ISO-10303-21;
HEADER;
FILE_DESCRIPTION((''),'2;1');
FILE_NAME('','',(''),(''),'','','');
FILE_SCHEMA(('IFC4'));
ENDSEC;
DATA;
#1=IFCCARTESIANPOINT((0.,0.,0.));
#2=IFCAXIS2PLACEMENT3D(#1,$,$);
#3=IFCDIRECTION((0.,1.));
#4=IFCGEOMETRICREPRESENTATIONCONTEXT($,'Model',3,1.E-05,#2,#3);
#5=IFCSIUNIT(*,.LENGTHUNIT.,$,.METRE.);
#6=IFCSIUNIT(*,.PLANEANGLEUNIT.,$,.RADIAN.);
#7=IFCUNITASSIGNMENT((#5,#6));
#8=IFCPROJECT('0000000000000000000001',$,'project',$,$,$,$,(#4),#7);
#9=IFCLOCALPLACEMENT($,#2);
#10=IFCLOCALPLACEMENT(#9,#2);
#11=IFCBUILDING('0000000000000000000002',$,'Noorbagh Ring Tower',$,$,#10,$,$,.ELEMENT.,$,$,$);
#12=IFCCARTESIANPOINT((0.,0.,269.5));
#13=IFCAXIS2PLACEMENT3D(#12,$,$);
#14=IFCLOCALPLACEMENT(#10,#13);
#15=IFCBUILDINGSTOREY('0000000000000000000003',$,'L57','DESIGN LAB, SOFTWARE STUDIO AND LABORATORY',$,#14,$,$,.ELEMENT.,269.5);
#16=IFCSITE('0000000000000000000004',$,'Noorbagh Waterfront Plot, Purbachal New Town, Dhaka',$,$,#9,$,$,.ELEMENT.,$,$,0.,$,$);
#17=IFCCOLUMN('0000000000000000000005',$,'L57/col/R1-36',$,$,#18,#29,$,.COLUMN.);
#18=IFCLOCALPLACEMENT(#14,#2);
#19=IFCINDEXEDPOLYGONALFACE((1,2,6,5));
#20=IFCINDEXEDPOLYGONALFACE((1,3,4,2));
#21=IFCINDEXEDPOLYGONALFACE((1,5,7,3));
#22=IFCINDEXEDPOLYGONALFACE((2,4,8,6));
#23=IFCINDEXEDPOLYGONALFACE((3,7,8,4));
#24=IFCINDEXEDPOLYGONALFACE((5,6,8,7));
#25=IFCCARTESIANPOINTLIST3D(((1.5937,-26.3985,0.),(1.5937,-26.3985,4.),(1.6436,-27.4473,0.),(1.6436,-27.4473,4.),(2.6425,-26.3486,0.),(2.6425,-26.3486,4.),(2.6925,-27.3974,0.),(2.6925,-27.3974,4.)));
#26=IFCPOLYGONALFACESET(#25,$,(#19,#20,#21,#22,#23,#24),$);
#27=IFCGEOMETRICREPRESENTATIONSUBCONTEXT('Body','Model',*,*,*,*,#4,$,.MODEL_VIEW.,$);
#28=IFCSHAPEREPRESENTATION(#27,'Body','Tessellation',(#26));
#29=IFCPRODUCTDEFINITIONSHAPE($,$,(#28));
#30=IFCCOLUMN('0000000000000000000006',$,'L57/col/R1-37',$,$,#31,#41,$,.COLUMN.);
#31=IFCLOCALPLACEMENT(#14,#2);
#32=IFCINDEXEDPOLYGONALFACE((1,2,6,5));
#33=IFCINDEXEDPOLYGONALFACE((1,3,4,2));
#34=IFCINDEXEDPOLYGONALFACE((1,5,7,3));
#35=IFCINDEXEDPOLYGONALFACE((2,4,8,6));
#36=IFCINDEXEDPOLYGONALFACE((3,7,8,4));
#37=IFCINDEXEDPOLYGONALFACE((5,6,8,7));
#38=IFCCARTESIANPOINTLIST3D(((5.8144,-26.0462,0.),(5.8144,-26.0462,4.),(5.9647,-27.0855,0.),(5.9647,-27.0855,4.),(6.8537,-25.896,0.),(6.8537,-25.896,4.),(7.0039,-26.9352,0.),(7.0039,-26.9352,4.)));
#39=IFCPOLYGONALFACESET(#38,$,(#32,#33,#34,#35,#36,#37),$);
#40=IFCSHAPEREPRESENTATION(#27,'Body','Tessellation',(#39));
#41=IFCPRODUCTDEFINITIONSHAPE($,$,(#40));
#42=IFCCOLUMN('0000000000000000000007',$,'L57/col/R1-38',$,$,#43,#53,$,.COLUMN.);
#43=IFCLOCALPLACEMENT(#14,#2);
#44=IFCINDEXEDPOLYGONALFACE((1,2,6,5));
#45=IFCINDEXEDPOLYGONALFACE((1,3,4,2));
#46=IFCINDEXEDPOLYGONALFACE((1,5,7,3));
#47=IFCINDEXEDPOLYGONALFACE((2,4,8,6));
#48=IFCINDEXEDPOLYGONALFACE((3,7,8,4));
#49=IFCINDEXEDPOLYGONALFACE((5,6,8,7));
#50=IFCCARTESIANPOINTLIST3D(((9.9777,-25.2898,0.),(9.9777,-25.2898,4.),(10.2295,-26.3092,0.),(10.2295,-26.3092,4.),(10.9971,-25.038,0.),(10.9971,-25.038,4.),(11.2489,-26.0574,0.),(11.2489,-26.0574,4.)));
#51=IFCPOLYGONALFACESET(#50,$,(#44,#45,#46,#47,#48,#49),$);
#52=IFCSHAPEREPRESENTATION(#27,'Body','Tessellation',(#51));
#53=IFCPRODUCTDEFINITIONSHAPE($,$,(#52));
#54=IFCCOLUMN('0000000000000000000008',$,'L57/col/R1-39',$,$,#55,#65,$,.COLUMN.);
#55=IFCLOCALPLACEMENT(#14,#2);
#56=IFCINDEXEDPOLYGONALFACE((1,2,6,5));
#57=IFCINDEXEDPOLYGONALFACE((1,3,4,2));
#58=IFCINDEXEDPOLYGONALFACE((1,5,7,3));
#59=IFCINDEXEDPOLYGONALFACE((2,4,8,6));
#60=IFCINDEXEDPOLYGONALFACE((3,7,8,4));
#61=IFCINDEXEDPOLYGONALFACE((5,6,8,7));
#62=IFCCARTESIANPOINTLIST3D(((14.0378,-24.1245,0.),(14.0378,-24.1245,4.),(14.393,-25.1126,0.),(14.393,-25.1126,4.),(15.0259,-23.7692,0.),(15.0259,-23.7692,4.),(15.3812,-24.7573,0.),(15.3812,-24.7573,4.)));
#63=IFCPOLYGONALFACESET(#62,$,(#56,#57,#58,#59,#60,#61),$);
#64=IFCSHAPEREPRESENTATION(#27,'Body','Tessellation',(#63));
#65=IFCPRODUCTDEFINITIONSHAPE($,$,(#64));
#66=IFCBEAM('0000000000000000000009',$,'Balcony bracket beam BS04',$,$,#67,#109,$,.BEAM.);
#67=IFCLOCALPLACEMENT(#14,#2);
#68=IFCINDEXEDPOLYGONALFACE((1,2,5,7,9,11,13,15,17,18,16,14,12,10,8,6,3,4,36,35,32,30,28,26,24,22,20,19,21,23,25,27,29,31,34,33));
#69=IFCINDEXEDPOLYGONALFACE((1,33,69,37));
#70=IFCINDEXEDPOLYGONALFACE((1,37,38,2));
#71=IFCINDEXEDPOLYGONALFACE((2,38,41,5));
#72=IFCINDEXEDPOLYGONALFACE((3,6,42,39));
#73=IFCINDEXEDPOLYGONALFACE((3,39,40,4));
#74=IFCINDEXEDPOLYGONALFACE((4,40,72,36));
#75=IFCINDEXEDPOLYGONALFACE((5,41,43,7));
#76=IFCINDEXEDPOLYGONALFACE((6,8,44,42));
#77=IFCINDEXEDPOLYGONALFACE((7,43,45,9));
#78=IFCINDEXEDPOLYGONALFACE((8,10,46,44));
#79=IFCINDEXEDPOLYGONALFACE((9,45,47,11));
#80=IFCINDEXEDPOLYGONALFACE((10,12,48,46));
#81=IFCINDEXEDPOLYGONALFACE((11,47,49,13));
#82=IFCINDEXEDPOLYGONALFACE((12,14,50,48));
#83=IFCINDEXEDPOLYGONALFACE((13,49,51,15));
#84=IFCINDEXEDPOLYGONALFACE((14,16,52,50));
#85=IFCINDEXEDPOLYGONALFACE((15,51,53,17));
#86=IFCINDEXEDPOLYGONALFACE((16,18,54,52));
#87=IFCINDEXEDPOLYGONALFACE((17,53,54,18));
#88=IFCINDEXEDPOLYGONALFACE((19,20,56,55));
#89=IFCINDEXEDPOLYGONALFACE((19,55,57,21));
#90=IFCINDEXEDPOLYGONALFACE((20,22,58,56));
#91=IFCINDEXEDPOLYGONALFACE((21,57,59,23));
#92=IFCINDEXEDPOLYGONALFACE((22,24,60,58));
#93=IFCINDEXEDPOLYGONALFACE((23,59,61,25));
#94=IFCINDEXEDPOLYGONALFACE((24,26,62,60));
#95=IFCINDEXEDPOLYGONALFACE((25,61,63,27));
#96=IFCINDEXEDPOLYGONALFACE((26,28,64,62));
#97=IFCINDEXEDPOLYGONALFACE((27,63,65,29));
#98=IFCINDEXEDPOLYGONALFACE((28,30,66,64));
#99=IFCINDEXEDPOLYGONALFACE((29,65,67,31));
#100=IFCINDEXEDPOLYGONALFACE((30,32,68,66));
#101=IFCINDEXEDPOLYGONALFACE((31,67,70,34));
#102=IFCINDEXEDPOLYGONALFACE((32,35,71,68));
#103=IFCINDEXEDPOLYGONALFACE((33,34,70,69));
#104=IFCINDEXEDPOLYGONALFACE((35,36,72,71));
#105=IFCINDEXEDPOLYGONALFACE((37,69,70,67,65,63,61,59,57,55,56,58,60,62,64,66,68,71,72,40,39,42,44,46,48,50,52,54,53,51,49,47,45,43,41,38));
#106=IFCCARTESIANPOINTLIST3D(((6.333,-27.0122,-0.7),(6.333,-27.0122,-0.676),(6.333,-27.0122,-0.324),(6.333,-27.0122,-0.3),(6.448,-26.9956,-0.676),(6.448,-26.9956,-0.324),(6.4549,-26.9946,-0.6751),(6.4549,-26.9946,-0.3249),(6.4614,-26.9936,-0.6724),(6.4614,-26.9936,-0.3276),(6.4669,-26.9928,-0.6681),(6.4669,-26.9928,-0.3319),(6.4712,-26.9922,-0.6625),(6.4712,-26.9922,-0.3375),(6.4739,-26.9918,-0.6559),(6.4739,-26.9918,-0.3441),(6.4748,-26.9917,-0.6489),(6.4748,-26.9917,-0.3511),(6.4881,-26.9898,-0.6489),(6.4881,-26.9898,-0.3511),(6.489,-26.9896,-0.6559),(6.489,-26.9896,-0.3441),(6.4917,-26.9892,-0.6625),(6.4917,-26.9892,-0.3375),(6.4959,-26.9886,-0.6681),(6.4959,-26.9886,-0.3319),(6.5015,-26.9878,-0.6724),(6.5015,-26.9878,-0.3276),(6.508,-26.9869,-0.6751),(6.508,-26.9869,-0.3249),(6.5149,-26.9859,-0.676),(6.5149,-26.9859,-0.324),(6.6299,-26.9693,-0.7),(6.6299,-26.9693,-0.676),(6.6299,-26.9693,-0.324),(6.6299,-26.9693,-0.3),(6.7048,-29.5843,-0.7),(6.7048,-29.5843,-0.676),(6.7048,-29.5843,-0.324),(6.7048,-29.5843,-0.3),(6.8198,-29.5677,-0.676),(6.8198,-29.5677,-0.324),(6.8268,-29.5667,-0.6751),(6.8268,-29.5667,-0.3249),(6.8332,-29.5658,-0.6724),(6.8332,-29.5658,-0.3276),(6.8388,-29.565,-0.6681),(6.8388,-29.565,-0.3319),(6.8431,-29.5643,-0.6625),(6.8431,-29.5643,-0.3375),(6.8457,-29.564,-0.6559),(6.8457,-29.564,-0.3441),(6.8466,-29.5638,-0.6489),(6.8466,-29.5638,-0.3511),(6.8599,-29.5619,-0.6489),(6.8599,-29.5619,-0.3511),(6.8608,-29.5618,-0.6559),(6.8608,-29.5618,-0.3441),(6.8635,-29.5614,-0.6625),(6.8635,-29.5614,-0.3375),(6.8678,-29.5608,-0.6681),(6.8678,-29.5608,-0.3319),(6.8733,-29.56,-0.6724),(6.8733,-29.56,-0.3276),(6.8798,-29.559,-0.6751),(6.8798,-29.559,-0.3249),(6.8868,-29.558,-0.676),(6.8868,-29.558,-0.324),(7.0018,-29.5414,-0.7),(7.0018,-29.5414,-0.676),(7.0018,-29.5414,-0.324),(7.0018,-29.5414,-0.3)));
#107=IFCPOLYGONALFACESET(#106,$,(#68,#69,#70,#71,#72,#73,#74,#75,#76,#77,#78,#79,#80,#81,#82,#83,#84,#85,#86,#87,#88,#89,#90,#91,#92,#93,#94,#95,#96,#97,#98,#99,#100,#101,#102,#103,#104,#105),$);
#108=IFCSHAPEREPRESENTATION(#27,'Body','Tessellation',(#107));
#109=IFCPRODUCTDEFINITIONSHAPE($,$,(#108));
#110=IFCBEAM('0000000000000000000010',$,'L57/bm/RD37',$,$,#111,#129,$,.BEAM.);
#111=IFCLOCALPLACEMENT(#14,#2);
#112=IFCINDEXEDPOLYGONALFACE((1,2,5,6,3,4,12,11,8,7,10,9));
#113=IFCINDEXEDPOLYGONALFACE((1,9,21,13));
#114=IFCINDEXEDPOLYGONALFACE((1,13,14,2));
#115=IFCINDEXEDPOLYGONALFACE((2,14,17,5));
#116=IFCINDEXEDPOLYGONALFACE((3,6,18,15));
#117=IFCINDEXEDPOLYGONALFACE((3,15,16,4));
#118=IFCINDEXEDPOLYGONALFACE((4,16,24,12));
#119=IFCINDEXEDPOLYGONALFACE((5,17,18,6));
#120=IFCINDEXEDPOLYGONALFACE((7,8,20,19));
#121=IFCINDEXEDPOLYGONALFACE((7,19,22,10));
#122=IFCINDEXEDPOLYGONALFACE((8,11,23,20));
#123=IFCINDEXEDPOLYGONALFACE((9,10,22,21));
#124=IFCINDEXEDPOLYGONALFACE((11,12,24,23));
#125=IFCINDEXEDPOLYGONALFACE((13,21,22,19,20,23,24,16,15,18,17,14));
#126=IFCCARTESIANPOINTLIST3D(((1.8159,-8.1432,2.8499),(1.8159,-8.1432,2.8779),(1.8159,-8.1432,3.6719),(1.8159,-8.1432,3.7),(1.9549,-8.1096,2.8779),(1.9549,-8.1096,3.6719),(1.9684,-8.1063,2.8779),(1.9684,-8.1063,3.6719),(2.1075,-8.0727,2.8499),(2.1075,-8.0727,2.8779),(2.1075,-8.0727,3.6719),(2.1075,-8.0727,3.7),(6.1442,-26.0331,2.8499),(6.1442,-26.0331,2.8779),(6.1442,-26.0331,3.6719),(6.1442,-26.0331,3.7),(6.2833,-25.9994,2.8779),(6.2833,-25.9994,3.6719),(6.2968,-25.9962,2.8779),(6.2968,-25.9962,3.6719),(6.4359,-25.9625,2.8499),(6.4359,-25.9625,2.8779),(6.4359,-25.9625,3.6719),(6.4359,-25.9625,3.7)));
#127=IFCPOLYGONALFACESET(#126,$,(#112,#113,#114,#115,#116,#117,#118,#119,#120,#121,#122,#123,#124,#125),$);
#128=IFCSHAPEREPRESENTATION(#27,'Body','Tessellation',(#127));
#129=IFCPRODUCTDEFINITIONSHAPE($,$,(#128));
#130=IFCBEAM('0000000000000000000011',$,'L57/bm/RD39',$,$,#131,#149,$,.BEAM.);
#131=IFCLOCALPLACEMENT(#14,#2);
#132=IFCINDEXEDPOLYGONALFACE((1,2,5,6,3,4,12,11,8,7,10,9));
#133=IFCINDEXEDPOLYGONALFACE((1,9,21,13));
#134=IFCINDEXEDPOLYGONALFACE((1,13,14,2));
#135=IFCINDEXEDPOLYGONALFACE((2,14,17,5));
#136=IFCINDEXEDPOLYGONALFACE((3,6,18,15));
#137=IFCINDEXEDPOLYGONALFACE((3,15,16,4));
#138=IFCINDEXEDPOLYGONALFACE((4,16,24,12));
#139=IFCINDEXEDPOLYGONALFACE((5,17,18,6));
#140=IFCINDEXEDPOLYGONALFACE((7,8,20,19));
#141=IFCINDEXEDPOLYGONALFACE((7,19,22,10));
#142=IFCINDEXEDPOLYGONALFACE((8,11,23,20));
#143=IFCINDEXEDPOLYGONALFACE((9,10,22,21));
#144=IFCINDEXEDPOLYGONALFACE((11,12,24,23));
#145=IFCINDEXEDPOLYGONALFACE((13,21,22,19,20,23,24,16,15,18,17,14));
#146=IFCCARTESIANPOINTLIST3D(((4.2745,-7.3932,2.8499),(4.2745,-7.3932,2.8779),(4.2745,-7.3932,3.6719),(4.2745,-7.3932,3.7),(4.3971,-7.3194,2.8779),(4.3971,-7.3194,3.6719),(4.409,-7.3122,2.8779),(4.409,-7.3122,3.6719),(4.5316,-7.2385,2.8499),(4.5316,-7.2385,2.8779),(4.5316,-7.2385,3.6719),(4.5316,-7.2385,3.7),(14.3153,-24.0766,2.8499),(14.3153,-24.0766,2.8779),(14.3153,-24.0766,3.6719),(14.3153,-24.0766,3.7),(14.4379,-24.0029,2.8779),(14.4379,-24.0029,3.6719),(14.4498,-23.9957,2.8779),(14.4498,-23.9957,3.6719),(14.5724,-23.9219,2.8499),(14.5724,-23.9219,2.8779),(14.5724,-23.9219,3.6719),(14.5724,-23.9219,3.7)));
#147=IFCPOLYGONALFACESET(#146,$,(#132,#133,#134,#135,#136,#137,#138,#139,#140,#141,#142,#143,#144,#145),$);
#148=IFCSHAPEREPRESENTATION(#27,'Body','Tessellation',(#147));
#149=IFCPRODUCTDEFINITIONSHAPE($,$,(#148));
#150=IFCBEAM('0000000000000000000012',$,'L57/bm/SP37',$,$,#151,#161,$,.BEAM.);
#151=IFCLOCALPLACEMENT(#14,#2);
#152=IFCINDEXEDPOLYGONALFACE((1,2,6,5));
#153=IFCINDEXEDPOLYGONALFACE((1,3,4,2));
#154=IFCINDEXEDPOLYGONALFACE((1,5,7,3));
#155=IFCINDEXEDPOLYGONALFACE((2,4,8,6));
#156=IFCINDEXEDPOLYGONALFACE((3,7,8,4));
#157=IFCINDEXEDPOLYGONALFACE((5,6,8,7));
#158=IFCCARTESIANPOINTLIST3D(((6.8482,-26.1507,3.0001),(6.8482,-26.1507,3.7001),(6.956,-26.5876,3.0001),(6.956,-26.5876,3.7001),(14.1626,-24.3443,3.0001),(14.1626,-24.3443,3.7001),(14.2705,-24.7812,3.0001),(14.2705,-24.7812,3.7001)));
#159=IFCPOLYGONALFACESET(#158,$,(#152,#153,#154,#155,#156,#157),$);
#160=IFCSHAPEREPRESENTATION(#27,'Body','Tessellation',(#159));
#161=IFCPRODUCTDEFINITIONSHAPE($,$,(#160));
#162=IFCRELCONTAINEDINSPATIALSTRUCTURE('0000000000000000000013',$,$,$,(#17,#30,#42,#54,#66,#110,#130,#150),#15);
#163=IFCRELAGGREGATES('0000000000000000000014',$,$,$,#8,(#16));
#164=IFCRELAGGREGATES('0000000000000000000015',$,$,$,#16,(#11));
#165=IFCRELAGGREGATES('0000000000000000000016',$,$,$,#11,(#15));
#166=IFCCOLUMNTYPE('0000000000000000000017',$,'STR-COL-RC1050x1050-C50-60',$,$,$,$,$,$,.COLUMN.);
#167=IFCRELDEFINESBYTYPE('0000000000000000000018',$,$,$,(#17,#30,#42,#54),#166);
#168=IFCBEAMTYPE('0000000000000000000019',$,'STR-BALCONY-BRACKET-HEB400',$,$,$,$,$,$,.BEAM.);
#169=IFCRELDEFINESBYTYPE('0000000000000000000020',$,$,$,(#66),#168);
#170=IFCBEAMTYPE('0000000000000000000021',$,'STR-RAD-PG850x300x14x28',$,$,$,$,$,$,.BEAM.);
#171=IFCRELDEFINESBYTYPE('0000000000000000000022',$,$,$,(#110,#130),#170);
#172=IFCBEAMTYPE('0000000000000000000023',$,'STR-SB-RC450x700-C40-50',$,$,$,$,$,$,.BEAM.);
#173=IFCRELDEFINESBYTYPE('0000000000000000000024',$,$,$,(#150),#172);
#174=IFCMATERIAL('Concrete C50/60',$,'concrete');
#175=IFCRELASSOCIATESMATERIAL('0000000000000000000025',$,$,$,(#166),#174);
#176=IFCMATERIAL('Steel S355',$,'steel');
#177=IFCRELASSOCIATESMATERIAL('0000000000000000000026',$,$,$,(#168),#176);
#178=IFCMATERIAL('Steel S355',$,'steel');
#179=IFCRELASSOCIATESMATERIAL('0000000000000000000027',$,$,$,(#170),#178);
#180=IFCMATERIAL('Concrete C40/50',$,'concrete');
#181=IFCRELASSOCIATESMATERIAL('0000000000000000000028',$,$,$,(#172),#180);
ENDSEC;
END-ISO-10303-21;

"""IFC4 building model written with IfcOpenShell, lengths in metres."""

from ifc_helpers import new_model, si_unit, direction, frame, origin, origin_2d, place, context, subcontext, project, spatial, rectangle, i_section, extrude, material, material_profile, profile_set, type_object, element, save


model = new_model("IFC4")

# Units and contexts
model_context = context("Model", 3, precision=1e-05, world=origin(), true_north=direction((0.0, 1.0)))
body_context = subcontext(model_context, "Body", "Model", "MODEL_VIEW")
ifc_project = project(units=[si_unit("LENGTHUNIT", "METRE"), si_unit("PLANEANGLEUNIT", "RADIAN")], contexts=[model_context])

# Site, building, storey
site_placement = place(None, origin())
site = spatial("IfcSite", under=ifc_project, at=site_placement, Name="Noorbagh Waterfront Plot, Purbachal New Town, Dhaka", CompositionType="ELEMENT", RefElevation=0.0)
building_placement = place(site_placement, origin())
building = spatial("IfcBuilding", under=site, at=building_placement, Name="Noorbagh Ring Tower", CompositionType="ELEMENT")
storey_placement = place(building_placement, frame((0.0, 0.0, 269.5)))
storey = spatial("IfcBuildingStorey", under=building, at=storey_placement, Name="L57", Description="DESIGN LAB, SOFTWARE STUDIO AND LABORATORY", CompositionType="ELEMENT", Elevation=269.5)

# Columns
ifc_material_1 = material(Name="Concrete C50/60", Category="concrete")
ifc_material_profile_1 = material_profile(ifc_material_1, rectangle(XDim=1.05, YDim=1.05, at=origin_2d()), Name="RC1050x1050")
ifc_profile_set_1 = profile_set([ifc_material_profile_1], Name="Concrete C50/60")
column_type = type_object("IfcColumnType", Name="STR-COL-RC1050x1050-C50-60", PredefinedType="COLUMN", material=ifc_profile_set_1)
for number, where, z_axis, x_axis, name in (
    (1, (2.1431, -26.8979, 0.0), (0.0, 0.0, 1.0), (0.998869, 0.047553, 0.0), "L57/col/R1-36"),
    (2, (6.4092, -26.4907, 0.0), (0.0, 0.0, 1.0), (0.989713, 0.143066, 0.0), "L57/col/R1-37"),
    (3, (10.6133, -25.6736, 0.0), (0.0, 0.0, 1.0), (0.970829, 0.239771, 0.0), "L57/col/R1-38"),
    (4, (14.7095, -24.4409, 0.0), (0.0, 0.0, 1.0), (0.941025, 0.338338, 0.0), "L57/col/R1-39"),
):
    element("IfcColumn", number, at=place(storey_placement, frame(where, z_axis=z_axis, x_axis=x_axis)), inside=storey, type_object=column_type, Name=name, PredefinedType="COLUMN", context=body_context, shape_type="SweptSolid", body=[
        extrude(rectangle(XDim=1.05, YDim=1.05, at=origin_2d()), origin(), (0.0, 0.0, 1.0), 4.0),
    ])

# Beams
ifc_material_2 = material(Name="Steel S355", Category="steel")
ifc_material_profile_2 = material_profile(ifc_material_2, i_section(OverallWidth=0.3, OverallDepth=0.3999, WebThickness=0.0134, FlangeThickness=0.0239, FilletRadius=0.0271, at=origin_2d()), Name="HEB400")
ifc_profile_set_2 = profile_set([ifc_material_profile_2], Name="Steel S355")
beam_type_1 = type_object("IfcBeamType", Name="STR-BALCONY-BRACKET-HEB400", PredefinedType="BEAM", material=ifc_profile_set_2)
beam_1_placement = place(storey_placement, frame((6.4814, -26.9907, -0.5), z_axis=(0.143078, -0.989711, 0.0), x_axis=(0.989711, 0.143078, 0.0)))
element("IfcBeam", 5, at=beam_1_placement, inside=storey, type_object=beam_type_1, Name="Balcony bracket beam BS04", PredefinedType="BEAM", context=body_context, shape_type="SweptSolid", body=[
    extrude(i_section(OverallWidth=0.3, OverallDepth=0.3999, WebThickness=0.0134, FlangeThickness=0.0239, FilletRadius=0.0271, at=origin_2d()), origin(), (0.0, 0.0, 1.0), 2.5989),
])
ifc_material_3 = material(Name="Steel S355", Category="steel")
ifc_material_profile_3 = material_profile(ifc_material_3, i_section(OverallWidth=0.3, OverallDepth=0.8501, WebThickness=0.0139, FlangeThickness=0.0281, at=origin_2d()), Name="PG850x300x14x28")
ifc_profile_set_3 = profile_set([ifc_material_profile_3], Name="Steel S355")
beam_type_2 = type_object("IfcBeamType", Name="STR-RAD-PG850x300x14x28", PredefinedType="BEAM", material=ifc_profile_set_3)
beam_2_placement = place(storey_placement, frame((6.29, -25.9978, 3.2749), z_axis=(-0.23516, 0.971957, 0.0), x_axis=(-0.971957, -0.23516, 0.0)))
element("IfcBeam", 6, at=beam_2_placement, inside=storey, type_object=beam_type_2, Name="L57/bm/RD37", PredefinedType="BEAM", context=body_context, shape_type="SweptSolid", body=[
    extrude(i_section(OverallWidth=0.3, OverallDepth=0.8501, WebThickness=0.0139, FlangeThickness=0.0281, at=origin_2d()), origin(), (0.0, 0.0, 1.0), 18.406),
])
beam_3_placement = place(storey_placement, frame((14.4438, -23.9993, 3.2749), z_axis=(-0.515657, 0.856795, 0.0), x_axis=(-0.856795, -0.515657, 0.0)))
element("IfcBeam", 7, at=beam_3_placement, inside=storey, type_object=beam_type_2, Name="L57/bm/RD39", PredefinedType="BEAM", context=body_context, shape_type="SweptSolid", body=[
    extrude(i_section(OverallWidth=0.3, OverallDepth=0.8501, WebThickness=0.0139, FlangeThickness=0.0281, at=origin_2d()), origin(), (0.0, 0.0, 1.0), 19.4719),
])
ifc_material_4 = material(Name="Concrete C40/50", Category="concrete")
ifc_material_profile_4 = material_profile(ifc_material_4, rectangle(XDim=0.45, YDim=0.7, at=origin_2d()), Name="RC450x700")
ifc_profile_set_4 = profile_set([ifc_material_profile_4], Name="Concrete C40/50")
beam_type_3 = type_object("IfcBeamType", Name="STR-SB-RC450x700-C40-50", PredefinedType="BEAM", material=ifc_profile_set_4)
beam_4_placement = place(storey_placement, frame((6.9021, -26.3691, 3.3501), z_axis=(0.970832, 0.239759, 0.0), x_axis=(-0.239759, 0.970832, 0.0)))
element("IfcBeam", 8, at=beam_4_placement, inside=storey, type_object=beam_type_3, Name="L57/bm/SP37", PredefinedType="BEAM", context=body_context, shape_type="SweptSolid", body=[
    extrude(rectangle(XDim=0.45, YDim=0.7, at=origin_2d()), origin(), (0.0, 0.0, 1.0), 7.5342),
])

save(model, "model.ifc")
